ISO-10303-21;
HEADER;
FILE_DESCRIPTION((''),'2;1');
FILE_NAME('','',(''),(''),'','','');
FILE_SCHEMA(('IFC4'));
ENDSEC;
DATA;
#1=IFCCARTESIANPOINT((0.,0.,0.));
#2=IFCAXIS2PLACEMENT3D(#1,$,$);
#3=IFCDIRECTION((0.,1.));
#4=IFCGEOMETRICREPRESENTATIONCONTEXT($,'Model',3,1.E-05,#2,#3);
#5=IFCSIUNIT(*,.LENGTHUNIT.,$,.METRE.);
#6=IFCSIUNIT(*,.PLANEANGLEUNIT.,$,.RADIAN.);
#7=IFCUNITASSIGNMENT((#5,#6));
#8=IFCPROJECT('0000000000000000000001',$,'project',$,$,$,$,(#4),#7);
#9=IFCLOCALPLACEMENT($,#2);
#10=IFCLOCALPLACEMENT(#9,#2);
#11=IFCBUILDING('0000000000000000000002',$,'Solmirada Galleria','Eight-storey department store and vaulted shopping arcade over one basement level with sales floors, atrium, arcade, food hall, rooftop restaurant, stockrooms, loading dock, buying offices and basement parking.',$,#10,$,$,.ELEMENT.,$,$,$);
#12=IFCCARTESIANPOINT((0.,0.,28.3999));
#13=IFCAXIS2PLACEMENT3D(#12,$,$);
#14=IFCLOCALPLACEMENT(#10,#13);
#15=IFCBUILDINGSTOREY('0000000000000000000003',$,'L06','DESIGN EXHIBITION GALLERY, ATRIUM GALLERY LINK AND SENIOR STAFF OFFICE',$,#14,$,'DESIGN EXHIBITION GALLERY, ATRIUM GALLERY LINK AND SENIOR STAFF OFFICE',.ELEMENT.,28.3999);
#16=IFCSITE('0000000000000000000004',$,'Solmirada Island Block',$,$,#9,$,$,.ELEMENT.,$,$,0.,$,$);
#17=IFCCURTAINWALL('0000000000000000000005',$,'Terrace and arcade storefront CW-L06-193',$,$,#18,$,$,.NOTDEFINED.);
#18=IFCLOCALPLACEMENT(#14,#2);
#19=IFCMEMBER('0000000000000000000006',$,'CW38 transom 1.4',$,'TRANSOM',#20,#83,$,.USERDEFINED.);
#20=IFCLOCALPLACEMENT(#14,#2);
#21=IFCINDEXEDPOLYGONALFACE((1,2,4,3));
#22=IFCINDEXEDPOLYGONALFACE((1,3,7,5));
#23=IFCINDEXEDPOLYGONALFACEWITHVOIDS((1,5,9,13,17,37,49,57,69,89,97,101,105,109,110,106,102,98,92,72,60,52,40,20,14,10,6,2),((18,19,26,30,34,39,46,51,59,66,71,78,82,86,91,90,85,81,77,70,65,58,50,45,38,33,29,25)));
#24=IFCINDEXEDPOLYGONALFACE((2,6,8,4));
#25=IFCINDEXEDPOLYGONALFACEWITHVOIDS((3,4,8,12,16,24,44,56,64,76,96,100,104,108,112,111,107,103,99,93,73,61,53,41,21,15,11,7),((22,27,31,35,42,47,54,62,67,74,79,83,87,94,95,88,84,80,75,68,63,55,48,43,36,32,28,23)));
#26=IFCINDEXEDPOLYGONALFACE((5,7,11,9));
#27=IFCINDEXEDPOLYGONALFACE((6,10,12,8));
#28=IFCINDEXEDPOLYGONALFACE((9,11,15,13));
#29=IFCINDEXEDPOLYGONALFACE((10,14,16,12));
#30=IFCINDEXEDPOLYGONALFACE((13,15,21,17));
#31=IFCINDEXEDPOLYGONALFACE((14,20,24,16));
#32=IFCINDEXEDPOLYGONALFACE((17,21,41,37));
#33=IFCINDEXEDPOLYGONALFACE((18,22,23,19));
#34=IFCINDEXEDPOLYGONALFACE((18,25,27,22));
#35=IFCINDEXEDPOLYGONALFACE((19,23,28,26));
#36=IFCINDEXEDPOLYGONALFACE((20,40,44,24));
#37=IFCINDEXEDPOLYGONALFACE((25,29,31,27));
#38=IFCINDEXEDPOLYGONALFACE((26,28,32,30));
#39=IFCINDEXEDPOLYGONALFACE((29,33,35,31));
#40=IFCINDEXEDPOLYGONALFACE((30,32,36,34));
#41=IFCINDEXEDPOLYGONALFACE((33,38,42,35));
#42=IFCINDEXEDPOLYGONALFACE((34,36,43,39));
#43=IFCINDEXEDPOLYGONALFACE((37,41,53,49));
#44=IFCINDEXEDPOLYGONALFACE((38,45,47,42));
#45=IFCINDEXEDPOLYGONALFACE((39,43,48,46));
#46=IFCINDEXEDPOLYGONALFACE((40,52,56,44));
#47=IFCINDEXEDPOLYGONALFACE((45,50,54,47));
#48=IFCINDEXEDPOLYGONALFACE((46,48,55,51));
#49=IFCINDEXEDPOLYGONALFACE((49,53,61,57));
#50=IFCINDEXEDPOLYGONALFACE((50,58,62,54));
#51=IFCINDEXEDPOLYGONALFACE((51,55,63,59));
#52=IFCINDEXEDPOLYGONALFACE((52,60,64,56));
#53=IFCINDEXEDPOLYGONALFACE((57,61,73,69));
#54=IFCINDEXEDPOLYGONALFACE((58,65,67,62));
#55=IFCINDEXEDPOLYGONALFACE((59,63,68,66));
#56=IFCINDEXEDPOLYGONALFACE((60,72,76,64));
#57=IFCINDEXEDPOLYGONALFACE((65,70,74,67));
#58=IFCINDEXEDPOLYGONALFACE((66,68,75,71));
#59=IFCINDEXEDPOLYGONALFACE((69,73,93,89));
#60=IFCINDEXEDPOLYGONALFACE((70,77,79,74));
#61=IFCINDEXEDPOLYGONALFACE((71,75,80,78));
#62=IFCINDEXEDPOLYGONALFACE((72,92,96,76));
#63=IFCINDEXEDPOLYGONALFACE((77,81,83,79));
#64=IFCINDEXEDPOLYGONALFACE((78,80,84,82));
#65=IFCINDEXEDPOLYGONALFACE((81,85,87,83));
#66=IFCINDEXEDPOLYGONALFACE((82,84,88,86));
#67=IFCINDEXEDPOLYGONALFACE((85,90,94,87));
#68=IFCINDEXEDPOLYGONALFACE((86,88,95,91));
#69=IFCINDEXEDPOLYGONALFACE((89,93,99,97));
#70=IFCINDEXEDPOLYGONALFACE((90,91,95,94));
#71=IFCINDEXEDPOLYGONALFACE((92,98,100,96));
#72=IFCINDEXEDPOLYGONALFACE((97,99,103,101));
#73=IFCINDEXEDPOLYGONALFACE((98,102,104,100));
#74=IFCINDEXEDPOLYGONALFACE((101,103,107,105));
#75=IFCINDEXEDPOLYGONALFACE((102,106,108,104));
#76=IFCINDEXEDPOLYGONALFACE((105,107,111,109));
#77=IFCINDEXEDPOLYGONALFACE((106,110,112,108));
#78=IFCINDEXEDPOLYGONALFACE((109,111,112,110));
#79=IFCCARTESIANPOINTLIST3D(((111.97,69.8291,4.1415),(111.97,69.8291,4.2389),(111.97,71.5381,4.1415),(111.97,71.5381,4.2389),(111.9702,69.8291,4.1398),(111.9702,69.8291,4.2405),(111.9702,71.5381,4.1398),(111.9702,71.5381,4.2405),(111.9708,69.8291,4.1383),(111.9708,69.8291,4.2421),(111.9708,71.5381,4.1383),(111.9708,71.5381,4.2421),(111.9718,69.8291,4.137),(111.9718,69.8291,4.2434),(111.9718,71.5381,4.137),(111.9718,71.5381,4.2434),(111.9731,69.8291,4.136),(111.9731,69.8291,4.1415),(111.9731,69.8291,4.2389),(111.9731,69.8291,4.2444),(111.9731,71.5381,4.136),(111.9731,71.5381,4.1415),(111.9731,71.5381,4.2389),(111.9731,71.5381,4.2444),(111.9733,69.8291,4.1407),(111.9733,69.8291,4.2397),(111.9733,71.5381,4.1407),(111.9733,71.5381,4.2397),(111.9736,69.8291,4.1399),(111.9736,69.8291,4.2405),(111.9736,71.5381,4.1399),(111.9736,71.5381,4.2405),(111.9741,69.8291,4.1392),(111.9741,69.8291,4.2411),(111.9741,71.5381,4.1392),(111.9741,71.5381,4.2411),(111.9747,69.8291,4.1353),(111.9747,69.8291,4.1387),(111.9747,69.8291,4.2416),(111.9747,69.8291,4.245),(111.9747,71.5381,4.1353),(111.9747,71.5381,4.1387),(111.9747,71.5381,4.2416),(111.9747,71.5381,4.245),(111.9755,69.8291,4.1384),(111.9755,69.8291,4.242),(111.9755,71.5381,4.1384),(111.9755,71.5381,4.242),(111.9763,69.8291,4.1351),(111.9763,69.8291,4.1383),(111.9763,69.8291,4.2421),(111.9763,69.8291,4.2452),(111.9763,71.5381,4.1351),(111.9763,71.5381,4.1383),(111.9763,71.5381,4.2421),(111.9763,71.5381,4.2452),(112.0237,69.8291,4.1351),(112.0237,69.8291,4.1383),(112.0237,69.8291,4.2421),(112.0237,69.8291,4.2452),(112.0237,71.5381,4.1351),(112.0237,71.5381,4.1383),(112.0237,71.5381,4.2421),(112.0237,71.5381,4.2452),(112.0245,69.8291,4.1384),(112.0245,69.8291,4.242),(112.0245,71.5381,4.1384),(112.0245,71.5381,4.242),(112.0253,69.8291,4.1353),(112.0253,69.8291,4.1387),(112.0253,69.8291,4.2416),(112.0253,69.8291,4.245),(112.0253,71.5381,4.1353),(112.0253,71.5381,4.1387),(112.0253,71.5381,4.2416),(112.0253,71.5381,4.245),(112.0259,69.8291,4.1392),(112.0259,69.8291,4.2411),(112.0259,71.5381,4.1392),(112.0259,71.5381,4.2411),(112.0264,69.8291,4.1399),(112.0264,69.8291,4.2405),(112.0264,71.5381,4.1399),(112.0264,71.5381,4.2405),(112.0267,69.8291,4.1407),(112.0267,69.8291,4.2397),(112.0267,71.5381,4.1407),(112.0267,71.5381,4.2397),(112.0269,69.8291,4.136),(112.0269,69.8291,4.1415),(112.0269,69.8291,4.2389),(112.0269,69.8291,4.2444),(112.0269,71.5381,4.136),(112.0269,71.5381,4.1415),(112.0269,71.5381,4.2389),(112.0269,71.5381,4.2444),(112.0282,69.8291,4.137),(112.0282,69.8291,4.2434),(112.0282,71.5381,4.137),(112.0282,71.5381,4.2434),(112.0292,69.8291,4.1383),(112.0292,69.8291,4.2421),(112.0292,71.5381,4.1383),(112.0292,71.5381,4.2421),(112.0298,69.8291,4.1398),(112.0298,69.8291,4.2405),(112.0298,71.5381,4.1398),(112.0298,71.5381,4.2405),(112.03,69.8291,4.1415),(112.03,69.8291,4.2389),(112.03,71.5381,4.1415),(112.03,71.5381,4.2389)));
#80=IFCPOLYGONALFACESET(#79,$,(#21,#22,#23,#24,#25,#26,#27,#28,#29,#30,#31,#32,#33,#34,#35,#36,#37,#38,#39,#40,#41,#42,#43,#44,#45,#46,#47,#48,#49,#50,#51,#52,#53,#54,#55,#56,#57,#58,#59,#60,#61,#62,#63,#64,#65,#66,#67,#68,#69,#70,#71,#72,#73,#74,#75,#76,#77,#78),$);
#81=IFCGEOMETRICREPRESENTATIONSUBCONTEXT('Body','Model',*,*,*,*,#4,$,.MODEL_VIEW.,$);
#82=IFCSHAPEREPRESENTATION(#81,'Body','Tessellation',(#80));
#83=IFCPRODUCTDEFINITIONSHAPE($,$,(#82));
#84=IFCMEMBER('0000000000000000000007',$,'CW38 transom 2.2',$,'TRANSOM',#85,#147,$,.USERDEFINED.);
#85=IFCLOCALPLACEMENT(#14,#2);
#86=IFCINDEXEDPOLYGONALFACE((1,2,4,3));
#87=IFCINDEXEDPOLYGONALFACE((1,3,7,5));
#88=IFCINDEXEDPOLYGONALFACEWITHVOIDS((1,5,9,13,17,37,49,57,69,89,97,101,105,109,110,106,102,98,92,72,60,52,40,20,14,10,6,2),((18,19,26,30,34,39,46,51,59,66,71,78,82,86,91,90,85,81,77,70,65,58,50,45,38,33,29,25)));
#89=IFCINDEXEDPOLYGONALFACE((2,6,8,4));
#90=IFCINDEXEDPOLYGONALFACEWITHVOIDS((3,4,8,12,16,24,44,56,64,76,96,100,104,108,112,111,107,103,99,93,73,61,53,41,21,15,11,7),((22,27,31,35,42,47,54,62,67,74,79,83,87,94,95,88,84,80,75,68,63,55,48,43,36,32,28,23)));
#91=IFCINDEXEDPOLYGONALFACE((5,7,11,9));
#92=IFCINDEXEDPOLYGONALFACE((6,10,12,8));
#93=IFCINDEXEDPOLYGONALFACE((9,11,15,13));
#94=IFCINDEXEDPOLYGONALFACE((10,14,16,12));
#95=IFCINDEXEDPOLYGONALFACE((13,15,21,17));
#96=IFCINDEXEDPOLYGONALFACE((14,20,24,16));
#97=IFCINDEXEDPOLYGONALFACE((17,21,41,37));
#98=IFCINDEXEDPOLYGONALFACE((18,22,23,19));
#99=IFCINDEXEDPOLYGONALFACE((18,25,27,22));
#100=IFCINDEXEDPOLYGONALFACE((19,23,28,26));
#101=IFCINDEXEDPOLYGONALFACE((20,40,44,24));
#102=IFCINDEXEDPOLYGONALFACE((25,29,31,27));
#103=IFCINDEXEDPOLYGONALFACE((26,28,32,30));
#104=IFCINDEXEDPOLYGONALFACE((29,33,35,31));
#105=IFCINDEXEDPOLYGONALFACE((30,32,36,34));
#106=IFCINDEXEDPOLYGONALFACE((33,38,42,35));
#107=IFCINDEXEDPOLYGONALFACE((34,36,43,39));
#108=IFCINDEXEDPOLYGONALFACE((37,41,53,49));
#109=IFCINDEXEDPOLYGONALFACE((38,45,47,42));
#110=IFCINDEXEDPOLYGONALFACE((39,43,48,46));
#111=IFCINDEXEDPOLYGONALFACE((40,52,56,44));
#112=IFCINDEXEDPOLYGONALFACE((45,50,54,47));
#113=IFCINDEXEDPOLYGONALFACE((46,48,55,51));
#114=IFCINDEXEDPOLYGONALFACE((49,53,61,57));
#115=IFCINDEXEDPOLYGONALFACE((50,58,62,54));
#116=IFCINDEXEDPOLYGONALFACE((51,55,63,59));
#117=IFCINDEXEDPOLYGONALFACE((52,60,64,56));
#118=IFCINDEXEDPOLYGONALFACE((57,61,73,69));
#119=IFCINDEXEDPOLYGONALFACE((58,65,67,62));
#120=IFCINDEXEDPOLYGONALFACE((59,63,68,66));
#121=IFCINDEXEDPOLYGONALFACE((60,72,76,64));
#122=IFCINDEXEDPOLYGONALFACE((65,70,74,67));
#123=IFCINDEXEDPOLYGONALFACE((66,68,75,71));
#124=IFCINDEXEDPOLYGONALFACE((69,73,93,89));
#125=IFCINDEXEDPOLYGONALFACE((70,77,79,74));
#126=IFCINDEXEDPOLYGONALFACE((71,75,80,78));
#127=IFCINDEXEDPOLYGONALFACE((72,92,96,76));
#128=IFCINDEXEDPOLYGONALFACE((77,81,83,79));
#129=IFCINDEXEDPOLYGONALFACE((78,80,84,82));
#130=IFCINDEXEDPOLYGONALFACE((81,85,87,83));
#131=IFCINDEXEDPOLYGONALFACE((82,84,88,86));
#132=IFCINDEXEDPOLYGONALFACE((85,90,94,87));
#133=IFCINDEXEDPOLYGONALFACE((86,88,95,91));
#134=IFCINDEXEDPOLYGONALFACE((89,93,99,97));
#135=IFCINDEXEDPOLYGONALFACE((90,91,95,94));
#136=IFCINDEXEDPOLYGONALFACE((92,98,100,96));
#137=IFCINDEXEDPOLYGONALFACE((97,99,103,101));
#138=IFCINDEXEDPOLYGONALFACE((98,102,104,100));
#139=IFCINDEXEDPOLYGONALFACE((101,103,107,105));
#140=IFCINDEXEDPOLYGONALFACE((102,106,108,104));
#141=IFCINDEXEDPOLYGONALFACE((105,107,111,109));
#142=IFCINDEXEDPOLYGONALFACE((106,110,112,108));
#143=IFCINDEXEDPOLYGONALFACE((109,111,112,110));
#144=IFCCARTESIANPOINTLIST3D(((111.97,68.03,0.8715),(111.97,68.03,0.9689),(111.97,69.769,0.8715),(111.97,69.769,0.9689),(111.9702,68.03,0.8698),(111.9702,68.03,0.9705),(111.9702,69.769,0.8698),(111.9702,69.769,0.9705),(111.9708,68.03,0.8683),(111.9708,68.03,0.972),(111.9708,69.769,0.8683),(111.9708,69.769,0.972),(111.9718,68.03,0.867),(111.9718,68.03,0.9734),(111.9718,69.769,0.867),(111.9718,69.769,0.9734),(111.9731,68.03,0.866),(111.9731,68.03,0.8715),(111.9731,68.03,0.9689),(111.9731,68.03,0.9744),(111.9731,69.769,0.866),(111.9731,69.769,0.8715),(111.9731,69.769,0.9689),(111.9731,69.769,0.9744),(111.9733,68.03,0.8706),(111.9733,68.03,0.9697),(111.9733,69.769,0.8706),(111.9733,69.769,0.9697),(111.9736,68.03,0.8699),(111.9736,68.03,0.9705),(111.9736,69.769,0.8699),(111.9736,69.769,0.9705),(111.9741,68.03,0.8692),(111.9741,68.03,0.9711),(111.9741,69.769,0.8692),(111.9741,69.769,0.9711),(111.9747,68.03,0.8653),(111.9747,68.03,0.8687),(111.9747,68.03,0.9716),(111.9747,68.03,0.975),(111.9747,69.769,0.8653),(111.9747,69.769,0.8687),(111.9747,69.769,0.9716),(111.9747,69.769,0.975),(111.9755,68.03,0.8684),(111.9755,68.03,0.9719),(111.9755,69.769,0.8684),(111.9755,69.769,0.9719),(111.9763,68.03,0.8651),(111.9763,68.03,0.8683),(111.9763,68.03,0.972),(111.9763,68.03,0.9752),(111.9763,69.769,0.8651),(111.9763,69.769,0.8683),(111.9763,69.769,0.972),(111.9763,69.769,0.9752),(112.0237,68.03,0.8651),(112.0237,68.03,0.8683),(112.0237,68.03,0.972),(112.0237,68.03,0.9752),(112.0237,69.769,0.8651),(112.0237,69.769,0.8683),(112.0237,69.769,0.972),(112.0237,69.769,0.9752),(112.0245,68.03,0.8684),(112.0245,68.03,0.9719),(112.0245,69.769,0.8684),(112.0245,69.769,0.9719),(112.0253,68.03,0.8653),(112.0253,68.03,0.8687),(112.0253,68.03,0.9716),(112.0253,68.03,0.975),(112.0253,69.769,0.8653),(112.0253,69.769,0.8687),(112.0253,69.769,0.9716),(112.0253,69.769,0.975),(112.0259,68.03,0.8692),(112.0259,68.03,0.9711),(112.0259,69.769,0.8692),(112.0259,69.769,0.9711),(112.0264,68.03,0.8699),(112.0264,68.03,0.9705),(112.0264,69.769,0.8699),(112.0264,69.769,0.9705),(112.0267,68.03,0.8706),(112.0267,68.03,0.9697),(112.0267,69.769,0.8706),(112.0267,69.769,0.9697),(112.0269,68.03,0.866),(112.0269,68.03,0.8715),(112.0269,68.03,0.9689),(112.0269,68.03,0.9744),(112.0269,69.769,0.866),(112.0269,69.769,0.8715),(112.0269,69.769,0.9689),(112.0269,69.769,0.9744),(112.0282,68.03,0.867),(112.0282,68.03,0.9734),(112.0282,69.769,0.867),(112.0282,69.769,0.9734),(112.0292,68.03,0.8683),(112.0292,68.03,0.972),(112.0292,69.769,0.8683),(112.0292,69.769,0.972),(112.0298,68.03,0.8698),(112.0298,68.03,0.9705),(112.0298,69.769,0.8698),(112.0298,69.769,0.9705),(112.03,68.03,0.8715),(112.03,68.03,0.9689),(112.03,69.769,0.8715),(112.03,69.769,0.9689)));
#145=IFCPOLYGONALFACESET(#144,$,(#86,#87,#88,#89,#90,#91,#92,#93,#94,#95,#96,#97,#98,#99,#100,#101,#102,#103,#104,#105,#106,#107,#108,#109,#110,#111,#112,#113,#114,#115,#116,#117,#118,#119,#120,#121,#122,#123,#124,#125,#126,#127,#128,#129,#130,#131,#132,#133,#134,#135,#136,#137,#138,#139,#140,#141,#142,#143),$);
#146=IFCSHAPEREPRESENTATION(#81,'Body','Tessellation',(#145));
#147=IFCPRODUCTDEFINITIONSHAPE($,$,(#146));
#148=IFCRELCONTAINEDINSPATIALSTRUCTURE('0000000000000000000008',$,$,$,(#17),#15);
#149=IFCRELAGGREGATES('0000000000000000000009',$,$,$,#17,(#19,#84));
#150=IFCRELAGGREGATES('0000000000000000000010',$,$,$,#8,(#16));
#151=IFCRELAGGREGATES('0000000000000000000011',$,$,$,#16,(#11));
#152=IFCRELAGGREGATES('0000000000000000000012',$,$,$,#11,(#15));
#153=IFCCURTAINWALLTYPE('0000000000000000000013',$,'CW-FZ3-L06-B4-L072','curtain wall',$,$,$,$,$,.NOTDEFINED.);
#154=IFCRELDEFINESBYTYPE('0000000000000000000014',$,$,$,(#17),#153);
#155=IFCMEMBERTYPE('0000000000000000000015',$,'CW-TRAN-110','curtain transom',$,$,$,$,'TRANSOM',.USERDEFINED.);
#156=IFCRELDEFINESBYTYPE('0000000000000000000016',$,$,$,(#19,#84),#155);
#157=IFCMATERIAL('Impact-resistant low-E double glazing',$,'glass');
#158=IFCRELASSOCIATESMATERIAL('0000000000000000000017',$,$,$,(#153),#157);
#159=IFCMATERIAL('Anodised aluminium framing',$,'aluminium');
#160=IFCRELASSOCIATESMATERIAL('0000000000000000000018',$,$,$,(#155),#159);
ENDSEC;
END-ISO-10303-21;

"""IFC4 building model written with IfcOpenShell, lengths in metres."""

from ifc_helpers import new_model, si_unit, direction, frame, origin, origin_2d, place, context, subcontext, project, spatial, hollow_rectangle, extrude, material, material_profile, profile_set, type_object, element, aggregate, save


model = new_model("IFC4")

# Units and contexts
model_context = context("Model", 3, precision=1e-05, world=origin(), true_north=direction((0.0, 1.0)))
body_context = subcontext(model_context, "Body", "Model", "MODEL_VIEW")
ifc_project = project(units=[si_unit("LENGTHUNIT", "METRE"), si_unit("PLANEANGLEUNIT", "RADIAN")], contexts=[model_context])

# Site, building, storey
site_placement = place(None, origin())
site = spatial("IfcSite", under=ifc_project, at=site_placement, Name="Solmirada Island Block", CompositionType="ELEMENT", RefElevation=0.0)
building_placement = place(site_placement, origin())
building = spatial("IfcBuilding", under=site, at=building_placement, Name="Solmirada Galleria", Description="Eight-storey department store and vaulted shopping arcade over one basement level with sales floors, atrium, arcade, food hall, rooftop restaurant, stockrooms, loading dock, buying offices and basement parking.", CompositionType="ELEMENT")
storey_placement = place(building_placement, frame((0.0, 0.0, 28.3999)))
storey = spatial("IfcBuildingStorey", under=building, at=storey_placement, Name="L06", Description="DESIGN EXHIBITION GALLERY, ATRIUM GALLERY LINK AND SENIOR STAFF OFFICE", LongName="DESIGN EXHIBITION GALLERY, ATRIUM GALLERY LINK AND SENIOR STAFF OFFICE", CompositionType="ELEMENT", Elevation=28.3999)

# Curtain wall
ifc_material_1 = material(Name="Impact-resistant low-E double glazing", Category="glass")
curtain_wall_type = type_object("IfcCurtainWallType", Name="CW-FZ3-L06-B4-L072", Description="curtain wall", PredefinedType="NOTDEFINED", material=ifc_material_1)
ifc_material_2 = material(Name="Anodised aluminium framing", Category="aluminium")
curtain_wall_1_placement = place(storey_placement, origin())
curtain_wall_1 = element("IfcCurtainWall", 1, at=curtain_wall_1_placement, inside=storey, type_object=curtain_wall_type, Name="Terrace and arcade storefront CW-L06-193", PredefinedType="NOTDEFINED")

# Members
ifc_material_profile_1 = material_profile(ifc_material_2, hollow_rectangle(XDim=0.0601, YDim=0.1101, WallThickness=0.0032, InnerFilletRadius=0.0032, OuterFilletRadius=0.0063, at=origin_2d()), Name="ALU-TRAN-110X60")
ifc_profile_set_1 = profile_set([ifc_material_profile_1], Name="Anodised aluminium framing")
member_type_1 = type_object("IfcMemberType", Name="CW-TRAN-110", Description="curtain transom", ElementType="TRANSOM", PredefinedType="USERDEFINED", material=ifc_profile_set_1)
member_1_placement = place(storey_placement, frame((112.0, 71.5381, 4.1902), z_axis=(0.0, -1.0, 0.0), x_axis=(1.0, 0.0, 0.0)))
member_1 = element("IfcMember", 2, at=member_1_placement, type_object=member_type_1, Name="CW38 transom 1.4", ObjectType="TRANSOM", PredefinedType="USERDEFINED", context=body_context, shape_type="SweptSolid", body=[
    extrude(hollow_rectangle(XDim=0.0601, YDim=0.1101, WallThickness=0.0032, InnerFilletRadius=0.0032, OuterFilletRadius=0.0063, at=origin_2d()), origin(), (0.0, 0.0, 1.0), 1.709),
])
member_2_placement = place(storey_placement, frame((112.0, 69.769, 0.9202), z_axis=(0.0, -1.0, 0.0), x_axis=(1.0, 0.0, 0.0)))
member_2 = element("IfcMember", 3, at=member_2_placement, type_object=member_type_1, Name="CW38 transom 2.2", ObjectType="TRANSOM", PredefinedType="USERDEFINED", context=body_context, shape_type="SweptSolid", body=[
    extrude(hollow_rectangle(XDim=0.0601, YDim=0.1101, WallThickness=0.0032, InnerFilletRadius=0.0032, OuterFilletRadius=0.0063, at=origin_2d()), origin(), (0.0, 0.0, 1.0), 1.739),
])

aggregate(curtain_wall_1, [member_1, member_2])

save(model, "model.ifc")
